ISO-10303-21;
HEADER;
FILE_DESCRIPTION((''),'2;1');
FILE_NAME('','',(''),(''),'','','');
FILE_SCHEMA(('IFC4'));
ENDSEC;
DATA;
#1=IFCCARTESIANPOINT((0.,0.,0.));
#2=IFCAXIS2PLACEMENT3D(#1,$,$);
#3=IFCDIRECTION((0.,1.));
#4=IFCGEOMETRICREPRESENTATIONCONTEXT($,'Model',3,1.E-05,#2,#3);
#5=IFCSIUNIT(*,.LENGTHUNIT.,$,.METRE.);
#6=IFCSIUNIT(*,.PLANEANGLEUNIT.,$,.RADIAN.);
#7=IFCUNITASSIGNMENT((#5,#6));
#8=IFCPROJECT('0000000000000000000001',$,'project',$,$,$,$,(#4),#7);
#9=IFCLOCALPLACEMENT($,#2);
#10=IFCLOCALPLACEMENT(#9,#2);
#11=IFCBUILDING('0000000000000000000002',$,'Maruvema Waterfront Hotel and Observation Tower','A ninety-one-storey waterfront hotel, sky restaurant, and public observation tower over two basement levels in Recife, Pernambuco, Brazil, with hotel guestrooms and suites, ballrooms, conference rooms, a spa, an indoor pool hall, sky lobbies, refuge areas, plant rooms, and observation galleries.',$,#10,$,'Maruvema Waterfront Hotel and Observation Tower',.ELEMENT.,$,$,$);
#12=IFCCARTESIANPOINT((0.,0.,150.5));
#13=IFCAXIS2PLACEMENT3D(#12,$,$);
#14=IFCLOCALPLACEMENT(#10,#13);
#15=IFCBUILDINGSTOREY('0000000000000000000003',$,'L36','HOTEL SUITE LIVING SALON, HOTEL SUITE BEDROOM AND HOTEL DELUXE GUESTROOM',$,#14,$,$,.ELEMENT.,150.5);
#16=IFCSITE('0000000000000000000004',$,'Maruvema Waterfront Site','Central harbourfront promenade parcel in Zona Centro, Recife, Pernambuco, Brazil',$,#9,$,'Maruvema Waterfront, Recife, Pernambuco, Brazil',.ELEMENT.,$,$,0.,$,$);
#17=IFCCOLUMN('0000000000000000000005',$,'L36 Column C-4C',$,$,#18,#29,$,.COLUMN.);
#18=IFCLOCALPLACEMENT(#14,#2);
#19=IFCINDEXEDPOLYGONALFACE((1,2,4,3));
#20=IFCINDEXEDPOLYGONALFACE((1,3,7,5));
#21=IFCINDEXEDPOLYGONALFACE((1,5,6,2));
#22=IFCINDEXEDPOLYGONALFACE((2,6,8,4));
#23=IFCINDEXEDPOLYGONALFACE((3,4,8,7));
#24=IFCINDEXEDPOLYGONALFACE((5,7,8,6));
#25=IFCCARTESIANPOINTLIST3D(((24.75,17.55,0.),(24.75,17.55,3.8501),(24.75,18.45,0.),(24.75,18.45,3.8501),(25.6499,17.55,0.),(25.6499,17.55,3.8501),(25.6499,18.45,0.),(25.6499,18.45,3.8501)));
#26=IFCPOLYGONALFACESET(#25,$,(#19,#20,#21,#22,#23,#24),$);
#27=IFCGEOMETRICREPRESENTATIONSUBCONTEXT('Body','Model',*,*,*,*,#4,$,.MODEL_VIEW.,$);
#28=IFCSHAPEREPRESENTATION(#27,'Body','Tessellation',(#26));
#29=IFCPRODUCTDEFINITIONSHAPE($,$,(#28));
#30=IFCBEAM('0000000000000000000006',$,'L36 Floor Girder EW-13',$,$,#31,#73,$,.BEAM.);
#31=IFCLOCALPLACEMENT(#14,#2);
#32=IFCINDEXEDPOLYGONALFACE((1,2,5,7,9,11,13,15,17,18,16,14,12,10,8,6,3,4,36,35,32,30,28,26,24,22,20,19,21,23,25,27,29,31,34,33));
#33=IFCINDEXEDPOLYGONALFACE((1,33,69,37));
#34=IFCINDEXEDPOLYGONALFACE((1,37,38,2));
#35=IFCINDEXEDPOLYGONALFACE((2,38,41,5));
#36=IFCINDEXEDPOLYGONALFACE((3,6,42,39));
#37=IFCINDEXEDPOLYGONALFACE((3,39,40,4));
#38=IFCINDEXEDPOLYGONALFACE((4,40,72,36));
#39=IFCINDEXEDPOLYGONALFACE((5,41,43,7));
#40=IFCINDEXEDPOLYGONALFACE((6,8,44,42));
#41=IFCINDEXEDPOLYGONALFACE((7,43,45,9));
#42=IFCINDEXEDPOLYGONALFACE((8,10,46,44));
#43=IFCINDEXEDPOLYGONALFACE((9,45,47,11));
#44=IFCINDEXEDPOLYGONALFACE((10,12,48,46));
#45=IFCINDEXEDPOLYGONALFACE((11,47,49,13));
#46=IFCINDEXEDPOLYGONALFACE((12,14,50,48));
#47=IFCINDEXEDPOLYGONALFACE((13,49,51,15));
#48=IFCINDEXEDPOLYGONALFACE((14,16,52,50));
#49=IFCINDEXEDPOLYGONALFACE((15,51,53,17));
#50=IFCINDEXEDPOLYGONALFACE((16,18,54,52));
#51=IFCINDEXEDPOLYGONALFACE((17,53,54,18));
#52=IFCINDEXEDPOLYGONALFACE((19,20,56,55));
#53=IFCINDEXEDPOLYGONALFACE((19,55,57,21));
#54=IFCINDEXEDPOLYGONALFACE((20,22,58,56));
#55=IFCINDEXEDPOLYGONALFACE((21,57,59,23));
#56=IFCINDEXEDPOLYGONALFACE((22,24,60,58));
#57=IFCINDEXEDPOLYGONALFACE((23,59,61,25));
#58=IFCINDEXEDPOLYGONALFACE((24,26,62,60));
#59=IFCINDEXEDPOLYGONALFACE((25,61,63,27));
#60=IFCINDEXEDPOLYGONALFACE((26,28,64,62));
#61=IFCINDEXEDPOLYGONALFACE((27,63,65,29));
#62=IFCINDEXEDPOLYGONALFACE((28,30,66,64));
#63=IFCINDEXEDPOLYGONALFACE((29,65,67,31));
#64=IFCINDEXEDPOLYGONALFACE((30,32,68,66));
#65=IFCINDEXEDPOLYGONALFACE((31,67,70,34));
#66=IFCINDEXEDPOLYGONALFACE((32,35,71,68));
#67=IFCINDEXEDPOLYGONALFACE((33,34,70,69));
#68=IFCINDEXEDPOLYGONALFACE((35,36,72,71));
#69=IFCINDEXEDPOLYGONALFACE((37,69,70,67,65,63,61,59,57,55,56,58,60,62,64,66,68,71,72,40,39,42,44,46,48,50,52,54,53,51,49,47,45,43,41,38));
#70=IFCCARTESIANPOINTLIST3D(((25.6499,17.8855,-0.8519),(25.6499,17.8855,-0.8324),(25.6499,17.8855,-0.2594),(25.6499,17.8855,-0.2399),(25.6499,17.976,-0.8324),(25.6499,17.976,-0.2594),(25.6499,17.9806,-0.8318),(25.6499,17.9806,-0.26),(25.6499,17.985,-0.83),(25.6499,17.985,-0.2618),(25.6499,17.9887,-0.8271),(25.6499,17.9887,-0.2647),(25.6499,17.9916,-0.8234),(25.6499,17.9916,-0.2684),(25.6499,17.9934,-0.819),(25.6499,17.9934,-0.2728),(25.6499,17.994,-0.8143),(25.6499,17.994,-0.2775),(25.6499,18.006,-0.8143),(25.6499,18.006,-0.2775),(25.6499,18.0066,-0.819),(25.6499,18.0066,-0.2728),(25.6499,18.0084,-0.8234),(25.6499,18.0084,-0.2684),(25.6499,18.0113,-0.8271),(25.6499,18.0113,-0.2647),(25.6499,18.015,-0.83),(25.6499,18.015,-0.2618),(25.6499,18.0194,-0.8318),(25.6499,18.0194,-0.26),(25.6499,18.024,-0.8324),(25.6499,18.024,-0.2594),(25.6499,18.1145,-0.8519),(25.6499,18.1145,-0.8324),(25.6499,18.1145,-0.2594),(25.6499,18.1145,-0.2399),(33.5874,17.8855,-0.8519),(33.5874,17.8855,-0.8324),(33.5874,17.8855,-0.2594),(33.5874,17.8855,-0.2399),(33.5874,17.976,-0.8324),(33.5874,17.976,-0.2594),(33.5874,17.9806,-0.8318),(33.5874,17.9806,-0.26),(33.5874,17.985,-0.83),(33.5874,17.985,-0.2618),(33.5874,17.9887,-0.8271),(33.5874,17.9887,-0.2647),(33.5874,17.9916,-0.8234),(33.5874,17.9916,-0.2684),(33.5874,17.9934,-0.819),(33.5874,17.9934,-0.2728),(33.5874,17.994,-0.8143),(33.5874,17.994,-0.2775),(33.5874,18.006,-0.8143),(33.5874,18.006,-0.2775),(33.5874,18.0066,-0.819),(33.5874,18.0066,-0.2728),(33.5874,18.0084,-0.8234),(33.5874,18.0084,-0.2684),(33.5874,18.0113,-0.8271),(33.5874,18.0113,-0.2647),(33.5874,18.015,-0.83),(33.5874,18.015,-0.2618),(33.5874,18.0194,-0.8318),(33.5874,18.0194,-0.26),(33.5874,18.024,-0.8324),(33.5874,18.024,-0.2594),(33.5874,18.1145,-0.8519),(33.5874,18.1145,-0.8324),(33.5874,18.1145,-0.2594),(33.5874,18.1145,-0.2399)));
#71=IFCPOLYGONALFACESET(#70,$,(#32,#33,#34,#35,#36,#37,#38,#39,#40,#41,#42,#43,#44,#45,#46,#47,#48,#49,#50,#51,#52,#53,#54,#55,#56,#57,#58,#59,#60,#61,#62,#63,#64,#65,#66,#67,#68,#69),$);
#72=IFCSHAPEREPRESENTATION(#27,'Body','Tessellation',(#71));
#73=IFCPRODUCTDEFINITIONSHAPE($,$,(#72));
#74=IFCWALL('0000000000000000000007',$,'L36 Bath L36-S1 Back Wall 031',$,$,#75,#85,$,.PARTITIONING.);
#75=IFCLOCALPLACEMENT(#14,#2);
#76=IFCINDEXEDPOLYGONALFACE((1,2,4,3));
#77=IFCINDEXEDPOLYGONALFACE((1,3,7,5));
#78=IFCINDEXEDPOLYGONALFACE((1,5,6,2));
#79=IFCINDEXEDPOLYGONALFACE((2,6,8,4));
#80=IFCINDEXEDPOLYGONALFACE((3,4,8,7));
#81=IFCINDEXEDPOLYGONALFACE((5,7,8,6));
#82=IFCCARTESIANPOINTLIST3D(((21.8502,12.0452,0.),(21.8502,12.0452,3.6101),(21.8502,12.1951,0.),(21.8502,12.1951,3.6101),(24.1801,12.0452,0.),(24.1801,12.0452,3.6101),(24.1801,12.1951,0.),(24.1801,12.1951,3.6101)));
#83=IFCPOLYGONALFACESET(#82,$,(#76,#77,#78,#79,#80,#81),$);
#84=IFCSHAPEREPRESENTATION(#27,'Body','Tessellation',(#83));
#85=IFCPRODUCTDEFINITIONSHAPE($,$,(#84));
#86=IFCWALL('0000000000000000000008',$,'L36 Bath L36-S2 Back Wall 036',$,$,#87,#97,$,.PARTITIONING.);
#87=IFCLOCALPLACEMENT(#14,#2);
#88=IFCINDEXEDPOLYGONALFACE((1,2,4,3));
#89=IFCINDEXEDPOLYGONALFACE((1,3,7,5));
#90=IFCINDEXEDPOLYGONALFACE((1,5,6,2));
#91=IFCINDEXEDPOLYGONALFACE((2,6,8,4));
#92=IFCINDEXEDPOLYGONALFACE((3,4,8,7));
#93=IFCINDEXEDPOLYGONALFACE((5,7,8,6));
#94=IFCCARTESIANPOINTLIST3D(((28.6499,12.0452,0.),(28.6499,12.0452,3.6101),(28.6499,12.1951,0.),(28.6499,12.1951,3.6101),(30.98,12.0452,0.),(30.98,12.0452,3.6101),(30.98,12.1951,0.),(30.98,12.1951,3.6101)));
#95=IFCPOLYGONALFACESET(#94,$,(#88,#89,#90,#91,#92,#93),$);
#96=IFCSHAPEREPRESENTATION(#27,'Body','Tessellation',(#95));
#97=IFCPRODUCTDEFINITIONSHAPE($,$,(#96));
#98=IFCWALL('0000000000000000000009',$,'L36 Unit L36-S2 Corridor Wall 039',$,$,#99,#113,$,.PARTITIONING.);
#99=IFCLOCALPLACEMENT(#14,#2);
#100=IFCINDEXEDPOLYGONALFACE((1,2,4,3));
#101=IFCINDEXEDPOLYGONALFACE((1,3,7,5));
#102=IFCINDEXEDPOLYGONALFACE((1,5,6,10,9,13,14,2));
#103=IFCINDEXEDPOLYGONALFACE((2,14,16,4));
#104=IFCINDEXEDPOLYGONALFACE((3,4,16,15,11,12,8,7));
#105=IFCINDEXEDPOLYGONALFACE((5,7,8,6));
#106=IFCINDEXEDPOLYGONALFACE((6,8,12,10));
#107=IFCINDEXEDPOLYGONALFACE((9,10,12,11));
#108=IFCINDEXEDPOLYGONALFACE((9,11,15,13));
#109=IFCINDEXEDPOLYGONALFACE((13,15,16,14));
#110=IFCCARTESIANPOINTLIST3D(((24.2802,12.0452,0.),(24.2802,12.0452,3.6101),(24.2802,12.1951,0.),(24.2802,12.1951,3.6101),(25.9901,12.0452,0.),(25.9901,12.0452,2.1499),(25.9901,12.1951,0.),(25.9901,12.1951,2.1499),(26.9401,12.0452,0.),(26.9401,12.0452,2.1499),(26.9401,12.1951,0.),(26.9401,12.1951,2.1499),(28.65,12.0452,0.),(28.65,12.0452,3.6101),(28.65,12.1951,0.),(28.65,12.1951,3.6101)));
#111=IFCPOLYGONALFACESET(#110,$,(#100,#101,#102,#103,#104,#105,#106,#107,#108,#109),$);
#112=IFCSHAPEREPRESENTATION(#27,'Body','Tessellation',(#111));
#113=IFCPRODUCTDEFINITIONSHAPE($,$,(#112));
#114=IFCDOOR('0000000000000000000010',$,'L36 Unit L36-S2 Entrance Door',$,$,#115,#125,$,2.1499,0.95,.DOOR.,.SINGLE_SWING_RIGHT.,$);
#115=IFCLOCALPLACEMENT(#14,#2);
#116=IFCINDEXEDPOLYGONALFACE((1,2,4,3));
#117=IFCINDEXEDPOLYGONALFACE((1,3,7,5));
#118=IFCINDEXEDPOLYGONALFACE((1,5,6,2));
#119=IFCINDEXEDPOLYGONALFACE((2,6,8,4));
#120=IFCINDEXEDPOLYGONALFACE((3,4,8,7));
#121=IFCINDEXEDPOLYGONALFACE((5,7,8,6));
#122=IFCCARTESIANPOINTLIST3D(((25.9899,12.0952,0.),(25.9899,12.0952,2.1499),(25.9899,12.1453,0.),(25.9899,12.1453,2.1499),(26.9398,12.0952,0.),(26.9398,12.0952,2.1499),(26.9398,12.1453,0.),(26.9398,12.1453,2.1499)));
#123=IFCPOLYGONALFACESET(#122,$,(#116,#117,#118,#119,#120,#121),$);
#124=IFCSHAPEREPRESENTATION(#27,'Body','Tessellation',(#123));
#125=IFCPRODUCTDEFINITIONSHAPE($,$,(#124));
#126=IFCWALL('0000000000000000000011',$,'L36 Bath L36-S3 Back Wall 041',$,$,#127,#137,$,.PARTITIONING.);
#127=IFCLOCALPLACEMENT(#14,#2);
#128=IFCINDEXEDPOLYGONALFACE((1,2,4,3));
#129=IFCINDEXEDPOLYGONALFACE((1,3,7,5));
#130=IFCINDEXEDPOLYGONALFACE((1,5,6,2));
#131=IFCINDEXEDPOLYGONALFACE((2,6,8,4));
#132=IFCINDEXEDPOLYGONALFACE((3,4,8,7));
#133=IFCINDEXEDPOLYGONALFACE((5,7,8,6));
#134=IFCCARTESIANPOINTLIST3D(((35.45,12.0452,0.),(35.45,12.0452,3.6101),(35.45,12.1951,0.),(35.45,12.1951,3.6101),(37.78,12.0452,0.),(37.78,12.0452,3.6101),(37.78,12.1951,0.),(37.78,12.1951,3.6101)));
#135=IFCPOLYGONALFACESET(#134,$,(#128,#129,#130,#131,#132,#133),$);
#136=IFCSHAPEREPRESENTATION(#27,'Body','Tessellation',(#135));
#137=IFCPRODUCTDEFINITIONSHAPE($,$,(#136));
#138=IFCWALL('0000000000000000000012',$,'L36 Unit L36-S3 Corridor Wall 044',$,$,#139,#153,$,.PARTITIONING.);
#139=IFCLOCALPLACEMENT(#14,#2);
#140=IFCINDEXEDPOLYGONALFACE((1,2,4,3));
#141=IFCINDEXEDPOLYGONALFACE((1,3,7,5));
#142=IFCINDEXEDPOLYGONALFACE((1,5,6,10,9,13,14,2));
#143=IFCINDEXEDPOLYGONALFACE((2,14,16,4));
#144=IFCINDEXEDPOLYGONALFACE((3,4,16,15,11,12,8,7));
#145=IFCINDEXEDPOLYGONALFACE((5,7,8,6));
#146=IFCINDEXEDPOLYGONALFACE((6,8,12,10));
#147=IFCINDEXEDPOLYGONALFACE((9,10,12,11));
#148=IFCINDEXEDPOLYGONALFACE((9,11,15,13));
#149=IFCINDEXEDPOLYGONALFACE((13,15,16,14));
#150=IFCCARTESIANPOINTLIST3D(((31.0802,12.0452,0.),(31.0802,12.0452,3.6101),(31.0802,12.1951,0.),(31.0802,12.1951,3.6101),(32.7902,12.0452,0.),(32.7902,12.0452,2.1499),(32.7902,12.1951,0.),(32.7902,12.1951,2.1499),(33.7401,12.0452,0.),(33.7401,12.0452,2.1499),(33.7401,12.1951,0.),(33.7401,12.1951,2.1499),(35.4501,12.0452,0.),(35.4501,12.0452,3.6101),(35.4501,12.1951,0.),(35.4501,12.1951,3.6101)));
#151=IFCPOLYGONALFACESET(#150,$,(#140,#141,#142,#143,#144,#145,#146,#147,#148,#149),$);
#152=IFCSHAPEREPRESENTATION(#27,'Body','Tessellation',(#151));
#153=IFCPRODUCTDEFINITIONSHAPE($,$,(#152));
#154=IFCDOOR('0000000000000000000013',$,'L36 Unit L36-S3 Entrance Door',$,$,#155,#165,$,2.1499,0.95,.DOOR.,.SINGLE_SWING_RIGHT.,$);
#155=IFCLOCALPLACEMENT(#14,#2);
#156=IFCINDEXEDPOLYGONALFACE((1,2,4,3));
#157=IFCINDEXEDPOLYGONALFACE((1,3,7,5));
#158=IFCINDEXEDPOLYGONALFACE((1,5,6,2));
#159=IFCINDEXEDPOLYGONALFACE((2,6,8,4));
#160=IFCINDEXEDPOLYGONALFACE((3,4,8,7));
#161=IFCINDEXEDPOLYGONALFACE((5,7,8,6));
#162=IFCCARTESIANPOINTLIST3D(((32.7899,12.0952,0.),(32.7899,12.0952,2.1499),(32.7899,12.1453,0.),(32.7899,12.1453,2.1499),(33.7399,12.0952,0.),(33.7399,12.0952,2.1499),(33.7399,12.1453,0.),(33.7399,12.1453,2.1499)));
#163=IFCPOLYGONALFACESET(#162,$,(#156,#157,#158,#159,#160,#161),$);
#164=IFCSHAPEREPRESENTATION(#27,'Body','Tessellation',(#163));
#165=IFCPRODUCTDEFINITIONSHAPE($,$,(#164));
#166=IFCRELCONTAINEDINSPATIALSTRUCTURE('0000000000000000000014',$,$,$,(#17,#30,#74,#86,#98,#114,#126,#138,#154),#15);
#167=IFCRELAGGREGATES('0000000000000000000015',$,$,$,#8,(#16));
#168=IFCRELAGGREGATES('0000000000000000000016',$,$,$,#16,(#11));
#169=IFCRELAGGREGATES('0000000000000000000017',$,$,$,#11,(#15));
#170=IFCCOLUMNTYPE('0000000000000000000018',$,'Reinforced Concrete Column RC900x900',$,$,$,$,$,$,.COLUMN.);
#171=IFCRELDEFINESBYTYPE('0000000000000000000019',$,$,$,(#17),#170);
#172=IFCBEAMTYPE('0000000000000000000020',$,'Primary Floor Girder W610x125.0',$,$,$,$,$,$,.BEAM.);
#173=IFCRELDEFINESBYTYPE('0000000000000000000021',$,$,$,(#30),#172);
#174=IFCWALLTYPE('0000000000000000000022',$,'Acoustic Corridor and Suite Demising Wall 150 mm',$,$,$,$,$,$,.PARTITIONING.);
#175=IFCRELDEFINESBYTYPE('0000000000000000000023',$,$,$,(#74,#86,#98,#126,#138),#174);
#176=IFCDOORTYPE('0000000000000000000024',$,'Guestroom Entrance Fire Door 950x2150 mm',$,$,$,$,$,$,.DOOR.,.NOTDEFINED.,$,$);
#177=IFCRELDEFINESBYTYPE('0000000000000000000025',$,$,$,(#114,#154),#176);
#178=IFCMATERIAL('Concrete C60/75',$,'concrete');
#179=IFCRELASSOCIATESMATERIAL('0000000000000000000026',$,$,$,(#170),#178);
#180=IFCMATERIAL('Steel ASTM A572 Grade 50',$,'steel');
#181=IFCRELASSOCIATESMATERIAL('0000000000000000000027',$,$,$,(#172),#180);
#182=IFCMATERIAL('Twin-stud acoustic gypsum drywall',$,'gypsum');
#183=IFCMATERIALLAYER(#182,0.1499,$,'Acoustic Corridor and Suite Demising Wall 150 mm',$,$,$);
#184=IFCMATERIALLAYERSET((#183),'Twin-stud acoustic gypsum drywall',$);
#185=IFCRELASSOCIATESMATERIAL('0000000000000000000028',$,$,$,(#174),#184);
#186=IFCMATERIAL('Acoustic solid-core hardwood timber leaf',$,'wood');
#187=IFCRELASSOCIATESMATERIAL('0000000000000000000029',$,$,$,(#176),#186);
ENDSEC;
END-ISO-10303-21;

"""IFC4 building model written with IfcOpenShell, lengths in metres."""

from ifc_helpers import new_model, si_unit, direction, frame, frame_2d, origin, origin_2d, place, context, subcontext, project, spatial, rectangle, i_section, extrude, material, layer, layer_set, material_profile, profile_set, type_object, element, fill, save


model = new_model("IFC4")

# Units and contexts
model_context = context("Model", 3, precision=1e-05, world=origin(), true_north=direction((0.0, 1.0)))
body_context = subcontext(model_context, "Body", "Model", "MODEL_VIEW")
ifc_project = project(units=[si_unit("LENGTHUNIT", "METRE"), si_unit("PLANEANGLEUNIT", "RADIAN")], contexts=[model_context])

# Site, building, storey
site_placement = place(None, origin())
site = spatial("IfcSite", under=ifc_project, at=site_placement, Name="Maruvema Waterfront Site", Description="Central harbourfront promenade parcel in Zona Centro, Recife, Pernambuco, Brazil", LongName="Maruvema Waterfront, Recife, Pernambuco, Brazil", CompositionType="ELEMENT", RefElevation=0.0)
building_placement = place(site_placement, origin())
building = spatial("IfcBuilding", under=site, at=building_placement, Name="Maruvema Waterfront Hotel and Observation Tower", Description="A ninety-one-storey waterfront hotel, sky restaurant, and public observation tower over two basement levels in Recife, Pernambuco, Brazil, with hotel guestrooms and suites, ballrooms, conference rooms, a spa, an indoor pool hall, sky lobbies, refuge areas, plant rooms, and observation galleries.", LongName="Maruvema Waterfront Hotel and Observation Tower", CompositionType="ELEMENT")
storey_placement = place(building_placement, frame((0.0, 0.0, 150.5)))
storey = spatial("IfcBuildingStorey", under=building, at=storey_placement, Name="L36", Description="HOTEL SUITE LIVING SALON, HOTEL SUITE BEDROOM AND HOTEL DELUXE GUESTROOM", CompositionType="ELEMENT", Elevation=150.5)

# Column
ifc_material_1 = material(Name="Concrete C60/75", Category="concrete")
ifc_material_profile_1 = material_profile(ifc_material_1, rectangle(XDim=0.8999, YDim=0.8999, at=origin_2d()), Name="RC900x900")
ifc_profile_set_1 = profile_set([ifc_material_profile_1], Name="Concrete C60/75")
column_type = type_object("IfcColumnType", Name="Reinforced Concrete Column RC900x900", PredefinedType="COLUMN", material=ifc_profile_set_1)
column_placement = place(storey_placement, frame((25.2, 18.0, 0.0), z_axis=(0.0, 0.0, 1.0), x_axis=(1.0, 0.0, 0.0)))
element("IfcColumn", 1, at=column_placement, inside=storey, type_object=column_type, Name="L36 Column C-4C", PredefinedType="COLUMN", context=body_context, shape_type="SweptSolid", body=[
    extrude(rectangle(XDim=0.8999, YDim=0.8999, at=origin_2d()), origin(), (0.0, 0.0, 1.0), 3.8501),
])

# Beam
ifc_material_2 = material(Name="Steel ASTM A572 Grade 50", Category="steel")
ifc_material_profile_2 = material_profile(ifc_material_2, i_section(OverallWidth=0.229, OverallDepth=0.6121, WebThickness=0.012, FlangeThickness=0.0195, FilletRadius=0.0181, at=origin_2d()), Name="W610x125.0")
ifc_profile_set_2 = profile_set([ifc_material_profile_2], Name="Steel ASTM A572 Grade 50")
beam_type = type_object("IfcBeamType", Name="Primary Floor Girder W610x125.0", PredefinedType="BEAM", material=ifc_profile_set_2)
beam_placement = place(storey_placement, frame((25.6499, 18.0, -0.5459), z_axis=(1.0, 0.0, 0.0), x_axis=(0.0, 1.0, 0.0)))
element("IfcBeam", 2, at=beam_placement, inside=storey, type_object=beam_type, Name="L36 Floor Girder EW-13", PredefinedType="BEAM", context=body_context, shape_type="SweptSolid", body=[
    extrude(i_section(OverallWidth=0.229, OverallDepth=0.6121, WebThickness=0.012, FlangeThickness=0.0195, FilletRadius=0.0181, at=origin_2d()), origin(), (0.0, 0.0, 1.0), 7.9375),
])

# Walls
ifc_material_3 = material(Name="Twin-stud acoustic gypsum drywall", Category="gypsum")
ifc_layer_1 = layer(ifc_material_3, 0.1499, Name="Acoustic Corridor and Suite Demising Wall 150 mm")
ifc_layer_set_1 = layer_set([ifc_layer_1], Name="Twin-stud acoustic gypsum drywall")
wall_type_1 = type_object("IfcWallType", Name="Acoustic Corridor and Suite Demising Wall 150 mm", PredefinedType="PARTITIONING", material=ifc_layer_set_1)
wall_1_placement = place(storey_placement, frame((21.8501, 12.1201, 0.0), z_axis=(0.0, 0.0, 1.0), x_axis=(1.0, 0.0, 0.0)))
element("IfcWall", 3, at=wall_1_placement, inside=storey, type_object=wall_type_1, Name="L36 Bath L36-S1 Back Wall 031", PredefinedType="PARTITIONING", context=body_context, shape_type="SweptSolid", body=[
    extrude(rectangle(XDim=2.3298, YDim=0.1499, at=frame_2d((1.165, 0.0))), origin(), (0.0, 0.0, 1.0), 3.6101),
])
wall_2_placement = place(storey_placement, frame((28.6499, 12.1201, 0.0), z_axis=(0.0, 0.0, 1.0), x_axis=(1.0, 0.0, 0.0)))
element("IfcWall", 4, at=wall_2_placement, inside=storey, type_object=wall_type_1, Name="L36 Bath L36-S2 Back Wall 036", PredefinedType="PARTITIONING", context=body_context, shape_type="SweptSolid", body=[
    extrude(rectangle(XDim=2.3301, YDim=0.1499, at=frame_2d((1.165, 0.0))), origin(), (0.0, 0.0, 1.0), 3.6101),
])

# Wall, opening, door
wall_3_placement = place(storey_placement, frame((24.28, 12.1201, 0.0), z_axis=(0.0, 0.0, 1.0), x_axis=(1.0, 0.0, 0.0)))
wall_3 = element("IfcWall", 5, at=wall_3_placement, inside=storey, type_object=wall_type_1, Name="L36 Unit L36-S2 Corridor Wall 039", PredefinedType="PARTITIONING", context=body_context, shape_type="SweptSolid", body=[
    extrude(rectangle(XDim=4.3699, YDim=0.1499, at=frame_2d((2.1851, 0.0))), origin(), (0.0, 0.0, 1.0), 3.6101),
])
opening_1_placement = place(wall_3_placement, frame((1.71, 0.0, 0.0)))
opening_1 = element("IfcOpeningElement", 6, at=opening_1_placement, cuts=wall_3, PredefinedType="OPENING", context=body_context, shape_type="SweptSolid", body=[
    extrude(rectangle(XDim=0.95, YDim=2.1499, at=frame_2d((0.4751, 1.075))), frame((0.0, 0.085, 0.0), z_axis=(0.0, -1.0, 0.0), x_axis=(1.0, 0.0, 0.0)), (0.0, 0.0, 1.0), 0.1699),
])
ifc_material_4 = material(Name="Acoustic solid-core hardwood timber leaf", Category="wood")
door_type_1 = type_object("IfcDoorType", Name="Guestroom Entrance Fire Door 950x2150 mm", OperationType="NOTDEFINED", PredefinedType="DOOR", material=ifc_material_4)
door_1_placement = place(opening_1_placement, frame((0.95, 0.0, 0.0), z_axis=(0.0, 0.0, 1.0), x_axis=(-1.0, 0.0, 0.0)))
door_1 = element("IfcDoor", 7, at=door_1_placement, inside=storey, type_object=door_type_1, Name="L36 Unit L36-S2 Entrance Door", OperationType="SINGLE_SWING_RIGHT", OverallHeight=2.1499, OverallWidth=0.95, PredefinedType="DOOR", context=body_context, shape_type="SweptSolid", body=[
    extrude(rectangle(XDim=0.95, YDim=2.1499, at=frame_2d((0.4751, 1.075))), frame((0.0, 0.0249, 0.0), z_axis=(0.0, -1.0, 0.0), x_axis=(1.0, 0.0, 0.0)), (0.0, 0.0, 1.0), 0.05),
])
fill(opening_1, door_1)

# Wall
wall_4_placement = place(storey_placement, frame((35.45, 12.1201, 0.0), z_axis=(0.0, 0.0, 1.0), x_axis=(1.0, 0.0, 0.0)))
element("IfcWall", 8, at=wall_4_placement, inside=storey, type_object=wall_type_1, Name="L36 Bath L36-S3 Back Wall 041", PredefinedType="PARTITIONING", context=body_context, shape_type="SweptSolid", body=[
    extrude(rectangle(XDim=2.3301, YDim=0.1499, at=frame_2d((1.165, 0.0))), origin(), (0.0, 0.0, 1.0), 3.6101),
])

# Wall, opening, door
wall_5_placement = place(storey_placement, frame((31.0801, 12.1201, 0.0), z_axis=(0.0, 0.0, 1.0), x_axis=(1.0, 0.0, 0.0)))
wall_5 = element("IfcWall", 9, at=wall_5_placement, inside=storey, type_object=wall_type_1, Name="L36 Unit L36-S3 Corridor Wall 044", PredefinedType="PARTITIONING", context=body_context, shape_type="SweptSolid", body=[
    extrude(rectangle(XDim=4.3699, YDim=0.1499, at=frame_2d((2.1851, 0.0))), origin(), (0.0, 0.0, 1.0), 3.6101),
])
opening_2_placement = place(wall_5_placement, frame((1.71, 0.0, 0.0)))
opening_2 = element("IfcOpeningElement", 10, at=opening_2_placement, cuts=wall_5, PredefinedType="OPENING", context=body_context, shape_type="SweptSolid", body=[
    extrude(rectangle(XDim=0.95, YDim=2.1499, at=frame_2d((0.4751, 1.075))), frame((0.0, 0.085, 0.0), z_axis=(0.0, -1.0, 0.0), x_axis=(1.0, 0.0, 0.0)), (0.0, 0.0, 1.0), 0.1699),
])
door_2_placement = place(opening_2_placement, frame((0.95, 0.0, 0.0), z_axis=(0.0, 0.0, 1.0), x_axis=(-1.0, 0.0, 0.0)))
door_2 = element("IfcDoor", 11, at=door_2_placement, inside=storey, type_object=door_type_1, Name="L36 Unit L36-S3 Entrance Door", OperationType="SINGLE_SWING_RIGHT", OverallHeight=2.1499, OverallWidth=0.95, PredefinedType="DOOR", context=body_context, shape_type="SweptSolid", body=[
    extrude(rectangle(XDim=0.95, YDim=2.1499, at=frame_2d((0.4751, 1.075))), frame((0.0, 0.0249, 0.0), z_axis=(0.0, -1.0, 0.0), x_axis=(1.0, 0.0, 0.0)), (0.0, 0.0, 1.0), 0.05),
])
fill(opening_2, door_2)

save(model, "model.ifc")
